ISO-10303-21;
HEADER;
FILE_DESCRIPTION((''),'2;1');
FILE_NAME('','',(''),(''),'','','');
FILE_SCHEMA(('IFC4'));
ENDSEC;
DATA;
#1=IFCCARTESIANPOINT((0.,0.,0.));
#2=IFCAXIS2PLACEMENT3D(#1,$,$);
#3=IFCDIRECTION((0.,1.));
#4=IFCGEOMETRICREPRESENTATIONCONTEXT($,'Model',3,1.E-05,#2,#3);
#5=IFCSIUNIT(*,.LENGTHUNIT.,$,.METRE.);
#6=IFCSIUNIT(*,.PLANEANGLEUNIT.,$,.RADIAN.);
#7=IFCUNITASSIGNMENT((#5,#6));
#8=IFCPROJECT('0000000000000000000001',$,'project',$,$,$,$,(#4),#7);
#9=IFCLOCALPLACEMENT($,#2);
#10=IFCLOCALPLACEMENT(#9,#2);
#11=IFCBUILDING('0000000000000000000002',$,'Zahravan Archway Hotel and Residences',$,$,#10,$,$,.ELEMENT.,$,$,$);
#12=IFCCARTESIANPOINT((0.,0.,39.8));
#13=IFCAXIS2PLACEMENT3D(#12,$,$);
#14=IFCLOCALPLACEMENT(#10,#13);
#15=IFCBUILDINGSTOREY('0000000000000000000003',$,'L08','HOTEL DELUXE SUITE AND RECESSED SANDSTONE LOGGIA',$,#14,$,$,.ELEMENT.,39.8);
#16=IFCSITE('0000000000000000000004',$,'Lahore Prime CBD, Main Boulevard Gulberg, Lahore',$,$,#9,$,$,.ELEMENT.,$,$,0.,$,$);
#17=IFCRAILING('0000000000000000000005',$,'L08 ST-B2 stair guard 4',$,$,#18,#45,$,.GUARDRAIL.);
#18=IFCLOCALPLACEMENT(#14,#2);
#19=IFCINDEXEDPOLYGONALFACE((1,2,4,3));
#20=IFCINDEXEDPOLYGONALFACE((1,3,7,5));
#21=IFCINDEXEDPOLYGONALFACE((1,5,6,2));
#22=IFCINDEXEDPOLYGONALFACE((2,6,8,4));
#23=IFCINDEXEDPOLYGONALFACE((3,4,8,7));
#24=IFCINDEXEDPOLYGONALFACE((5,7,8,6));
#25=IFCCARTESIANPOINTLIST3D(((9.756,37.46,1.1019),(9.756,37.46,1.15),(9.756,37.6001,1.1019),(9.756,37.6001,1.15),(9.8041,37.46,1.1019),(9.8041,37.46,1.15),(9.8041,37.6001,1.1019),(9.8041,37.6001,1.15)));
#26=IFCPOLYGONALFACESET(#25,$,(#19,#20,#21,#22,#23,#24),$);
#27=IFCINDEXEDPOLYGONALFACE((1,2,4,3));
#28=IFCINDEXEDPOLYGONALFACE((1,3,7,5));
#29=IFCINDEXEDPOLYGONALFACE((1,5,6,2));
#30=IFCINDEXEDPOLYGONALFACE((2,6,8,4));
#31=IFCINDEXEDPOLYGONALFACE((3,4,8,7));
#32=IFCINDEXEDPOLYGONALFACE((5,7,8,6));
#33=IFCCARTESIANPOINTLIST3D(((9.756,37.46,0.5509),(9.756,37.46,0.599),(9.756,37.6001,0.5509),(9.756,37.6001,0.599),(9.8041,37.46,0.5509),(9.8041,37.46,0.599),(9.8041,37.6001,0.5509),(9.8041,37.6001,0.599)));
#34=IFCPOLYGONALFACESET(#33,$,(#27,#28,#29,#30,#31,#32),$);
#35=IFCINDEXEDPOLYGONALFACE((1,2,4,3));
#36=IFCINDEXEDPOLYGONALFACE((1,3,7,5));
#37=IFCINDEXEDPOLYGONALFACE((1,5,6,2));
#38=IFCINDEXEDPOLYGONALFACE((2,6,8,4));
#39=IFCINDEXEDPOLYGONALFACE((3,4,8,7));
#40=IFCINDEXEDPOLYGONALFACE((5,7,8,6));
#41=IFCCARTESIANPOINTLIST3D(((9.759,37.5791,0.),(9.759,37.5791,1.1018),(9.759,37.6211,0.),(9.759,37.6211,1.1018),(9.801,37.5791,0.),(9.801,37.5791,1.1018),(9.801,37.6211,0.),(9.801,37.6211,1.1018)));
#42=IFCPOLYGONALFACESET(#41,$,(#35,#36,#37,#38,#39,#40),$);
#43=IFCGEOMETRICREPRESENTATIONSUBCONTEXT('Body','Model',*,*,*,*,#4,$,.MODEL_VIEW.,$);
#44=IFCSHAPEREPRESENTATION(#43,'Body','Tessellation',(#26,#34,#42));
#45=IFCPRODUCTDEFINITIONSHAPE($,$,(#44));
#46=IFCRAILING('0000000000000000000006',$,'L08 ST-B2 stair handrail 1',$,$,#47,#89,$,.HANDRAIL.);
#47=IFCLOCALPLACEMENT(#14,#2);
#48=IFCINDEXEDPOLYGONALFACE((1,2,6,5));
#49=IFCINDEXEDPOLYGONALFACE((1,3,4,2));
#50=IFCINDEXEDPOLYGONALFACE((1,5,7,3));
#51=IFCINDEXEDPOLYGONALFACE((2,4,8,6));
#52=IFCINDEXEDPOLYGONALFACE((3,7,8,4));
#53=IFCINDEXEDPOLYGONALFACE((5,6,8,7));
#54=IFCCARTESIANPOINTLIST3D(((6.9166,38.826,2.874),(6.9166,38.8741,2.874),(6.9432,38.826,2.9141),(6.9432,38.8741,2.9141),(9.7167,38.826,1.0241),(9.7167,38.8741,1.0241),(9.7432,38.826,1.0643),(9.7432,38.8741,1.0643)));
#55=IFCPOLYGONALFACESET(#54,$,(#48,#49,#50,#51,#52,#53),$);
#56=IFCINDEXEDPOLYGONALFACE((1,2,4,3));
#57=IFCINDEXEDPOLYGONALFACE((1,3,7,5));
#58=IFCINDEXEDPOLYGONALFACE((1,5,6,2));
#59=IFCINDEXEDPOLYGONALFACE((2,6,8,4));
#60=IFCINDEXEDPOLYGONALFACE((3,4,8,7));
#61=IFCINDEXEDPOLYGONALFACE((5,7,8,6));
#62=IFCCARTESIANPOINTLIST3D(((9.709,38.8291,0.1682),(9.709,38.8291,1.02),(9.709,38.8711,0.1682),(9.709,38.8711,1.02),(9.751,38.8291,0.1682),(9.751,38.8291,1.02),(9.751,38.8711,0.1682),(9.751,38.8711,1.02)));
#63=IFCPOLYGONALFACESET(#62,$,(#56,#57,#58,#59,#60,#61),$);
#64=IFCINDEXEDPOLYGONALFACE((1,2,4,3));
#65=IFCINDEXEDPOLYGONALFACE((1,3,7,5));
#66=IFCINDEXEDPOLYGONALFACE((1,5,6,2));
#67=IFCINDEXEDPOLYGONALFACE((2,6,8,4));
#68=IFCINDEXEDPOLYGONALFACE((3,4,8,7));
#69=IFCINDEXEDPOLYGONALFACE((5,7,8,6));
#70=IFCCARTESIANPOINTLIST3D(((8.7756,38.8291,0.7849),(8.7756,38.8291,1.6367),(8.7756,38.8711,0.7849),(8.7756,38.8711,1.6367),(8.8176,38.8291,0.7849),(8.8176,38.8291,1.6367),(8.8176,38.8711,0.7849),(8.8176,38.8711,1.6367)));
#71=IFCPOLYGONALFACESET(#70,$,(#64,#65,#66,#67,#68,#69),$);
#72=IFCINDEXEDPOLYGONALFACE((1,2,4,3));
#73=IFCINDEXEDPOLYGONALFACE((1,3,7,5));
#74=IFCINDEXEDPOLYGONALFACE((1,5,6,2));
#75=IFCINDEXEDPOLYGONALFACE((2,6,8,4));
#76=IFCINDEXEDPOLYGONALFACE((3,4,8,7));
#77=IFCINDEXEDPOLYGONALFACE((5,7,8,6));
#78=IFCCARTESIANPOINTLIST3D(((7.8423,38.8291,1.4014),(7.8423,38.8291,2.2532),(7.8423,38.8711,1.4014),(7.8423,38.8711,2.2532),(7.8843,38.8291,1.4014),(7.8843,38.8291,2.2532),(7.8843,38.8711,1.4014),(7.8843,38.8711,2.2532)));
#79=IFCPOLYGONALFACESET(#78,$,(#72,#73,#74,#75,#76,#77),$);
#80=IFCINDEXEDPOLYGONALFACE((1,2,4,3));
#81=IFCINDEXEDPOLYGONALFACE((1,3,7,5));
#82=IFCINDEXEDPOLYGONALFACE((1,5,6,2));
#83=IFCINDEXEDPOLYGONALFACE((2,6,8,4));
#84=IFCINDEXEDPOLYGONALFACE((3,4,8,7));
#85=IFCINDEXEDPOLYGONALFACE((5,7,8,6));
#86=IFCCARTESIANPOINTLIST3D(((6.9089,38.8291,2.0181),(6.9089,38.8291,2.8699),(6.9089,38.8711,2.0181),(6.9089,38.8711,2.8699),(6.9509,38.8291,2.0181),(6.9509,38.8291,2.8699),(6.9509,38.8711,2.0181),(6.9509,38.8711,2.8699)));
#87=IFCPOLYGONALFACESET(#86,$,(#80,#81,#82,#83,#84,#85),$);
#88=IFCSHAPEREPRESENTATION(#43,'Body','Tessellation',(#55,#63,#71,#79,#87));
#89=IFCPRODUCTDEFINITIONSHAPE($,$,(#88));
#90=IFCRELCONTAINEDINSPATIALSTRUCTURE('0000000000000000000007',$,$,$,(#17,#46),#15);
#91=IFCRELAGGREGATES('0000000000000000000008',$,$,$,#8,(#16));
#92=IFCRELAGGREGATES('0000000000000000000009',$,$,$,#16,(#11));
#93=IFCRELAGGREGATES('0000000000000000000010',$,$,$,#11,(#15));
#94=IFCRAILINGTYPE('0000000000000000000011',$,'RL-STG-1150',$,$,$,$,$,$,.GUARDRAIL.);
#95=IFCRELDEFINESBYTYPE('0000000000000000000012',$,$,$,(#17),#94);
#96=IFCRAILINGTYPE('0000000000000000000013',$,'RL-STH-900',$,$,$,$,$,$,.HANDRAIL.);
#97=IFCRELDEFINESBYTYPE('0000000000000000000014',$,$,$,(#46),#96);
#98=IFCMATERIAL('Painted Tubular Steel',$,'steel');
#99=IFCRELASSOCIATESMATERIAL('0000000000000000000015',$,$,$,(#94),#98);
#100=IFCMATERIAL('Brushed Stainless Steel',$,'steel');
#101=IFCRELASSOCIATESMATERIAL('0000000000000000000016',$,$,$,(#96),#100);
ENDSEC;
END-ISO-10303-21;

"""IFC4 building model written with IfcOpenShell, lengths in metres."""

from ifc_helpers import new_model, si_unit, direction, frame, origin, origin_2d, place, context, subcontext, project, spatial, rectangle, extrude, material, type_object, element, save


model = new_model("IFC4")

# Units and contexts
model_context = context("Model", 3, precision=1e-05, world=origin(), true_north=direction((0.0, 1.0)))
body_context = subcontext(model_context, "Body", "Model", "MODEL_VIEW")
ifc_project = project(units=[si_unit("LENGTHUNIT", "METRE"), si_unit("PLANEANGLEUNIT", "RADIAN")], contexts=[model_context])

# Site, building, storey
site_placement = place(None, origin())
site = spatial("IfcSite", under=ifc_project, at=site_placement, Name="Lahore Prime CBD, Main Boulevard Gulberg, Lahore", CompositionType="ELEMENT", RefElevation=0.0)
building_placement = place(site_placement, origin())
building = spatial("IfcBuilding", under=site, at=building_placement, Name="Zahravan Archway Hotel and Residences", CompositionType="ELEMENT")
storey_placement = place(building_placement, frame((0.0, 0.0, 39.8)))
storey = spatial("IfcBuildingStorey", under=building, at=storey_placement, Name="L08", Description="HOTEL DELUXE SUITE AND RECESSED SANDSTONE LOGGIA", CompositionType="ELEMENT", Elevation=39.8)

# Railings
ifc_material_1 = material(Name="Painted Tubular Steel", Category="steel")
railing_type_1 = type_object("IfcRailingType", Name="RL-STG-1150", PredefinedType="GUARDRAIL", material=ifc_material_1)
railing_1_placement = place(storey_placement, frame((9.78, 37.6001, 0.0)))
element("IfcRailing", 1, at=railing_1_placement, inside=storey, type_object=railing_type_1, Name="L08 ST-B2 stair guard 4", PredefinedType="GUARDRAIL", context=body_context, shape_type="SweptSolid", body=[
    extrude(rectangle(XDim=0.0481, YDim=0.0481, at=origin_2d()), frame((0.0, 0.0, 1.126), z_axis=(0.0, -1.0, 0.0), x_axis=(1.0, 0.0, 0.0)), (0.0, 0.0, 1.0), 0.1401),
    extrude(rectangle(XDim=0.0481, YDim=0.0481, at=origin_2d()), frame((0.0, 0.0, 0.575), z_axis=(0.0, -1.0, 0.0), x_axis=(1.0, 0.0, 0.0)), (0.0, 0.0, 1.0), 0.1401),
    extrude(rectangle(XDim=0.042, YDim=0.042, at=origin_2d()), origin(), (0.0, 0.0, 1.0), 1.1018),
])
ifc_material_2 = material(Name="Brushed Stainless Steel", Category="steel")
railing_type_2 = type_object("IfcRailingType", Name="RL-STH-900", PredefinedType="HANDRAIL", material=ifc_material_2)
railing_2_placement = place(storey_placement, frame((9.73, 38.8501, 0.1682)))
element("IfcRailing", 2, at=railing_2_placement, inside=storey, type_object=railing_type_2, Name="L08 ST-B2 stair handrail 1", PredefinedType="HANDRAIL", context=body_context, shape_type="SweptSolid", body=[
    extrude(rectangle(XDim=0.0481, YDim=0.0481, at=origin_2d()), frame((0.0, 0.0, 0.876), z_axis=(-0.83436, 0.0, 0.55122), x_axis=(0.0, -1.0, 0.0)), (0.0, 0.0, 1.0), 3.356),
    extrude(rectangle(XDim=0.042, YDim=0.042, at=origin_2d()), origin(), (0.0, 0.0, 1.0), 0.8518),
    extrude(rectangle(XDim=0.042, YDim=0.042, at=origin_2d()), frame((-0.9333, 0.0, 0.6167)), (0.0, 0.0, 1.0), 0.8518),
    extrude(rectangle(XDim=0.042, YDim=0.042, at=origin_2d()), frame((-1.8667, 0.0, 1.2332)), (0.0, 0.0, 1.0), 0.8518),
    extrude(rectangle(XDim=0.042, YDim=0.042, at=origin_2d()), frame((-2.8, 0.0, 1.8499)), (0.0, 0.0, 1.0), 0.8518),
])

save(model, "model.ifc")
